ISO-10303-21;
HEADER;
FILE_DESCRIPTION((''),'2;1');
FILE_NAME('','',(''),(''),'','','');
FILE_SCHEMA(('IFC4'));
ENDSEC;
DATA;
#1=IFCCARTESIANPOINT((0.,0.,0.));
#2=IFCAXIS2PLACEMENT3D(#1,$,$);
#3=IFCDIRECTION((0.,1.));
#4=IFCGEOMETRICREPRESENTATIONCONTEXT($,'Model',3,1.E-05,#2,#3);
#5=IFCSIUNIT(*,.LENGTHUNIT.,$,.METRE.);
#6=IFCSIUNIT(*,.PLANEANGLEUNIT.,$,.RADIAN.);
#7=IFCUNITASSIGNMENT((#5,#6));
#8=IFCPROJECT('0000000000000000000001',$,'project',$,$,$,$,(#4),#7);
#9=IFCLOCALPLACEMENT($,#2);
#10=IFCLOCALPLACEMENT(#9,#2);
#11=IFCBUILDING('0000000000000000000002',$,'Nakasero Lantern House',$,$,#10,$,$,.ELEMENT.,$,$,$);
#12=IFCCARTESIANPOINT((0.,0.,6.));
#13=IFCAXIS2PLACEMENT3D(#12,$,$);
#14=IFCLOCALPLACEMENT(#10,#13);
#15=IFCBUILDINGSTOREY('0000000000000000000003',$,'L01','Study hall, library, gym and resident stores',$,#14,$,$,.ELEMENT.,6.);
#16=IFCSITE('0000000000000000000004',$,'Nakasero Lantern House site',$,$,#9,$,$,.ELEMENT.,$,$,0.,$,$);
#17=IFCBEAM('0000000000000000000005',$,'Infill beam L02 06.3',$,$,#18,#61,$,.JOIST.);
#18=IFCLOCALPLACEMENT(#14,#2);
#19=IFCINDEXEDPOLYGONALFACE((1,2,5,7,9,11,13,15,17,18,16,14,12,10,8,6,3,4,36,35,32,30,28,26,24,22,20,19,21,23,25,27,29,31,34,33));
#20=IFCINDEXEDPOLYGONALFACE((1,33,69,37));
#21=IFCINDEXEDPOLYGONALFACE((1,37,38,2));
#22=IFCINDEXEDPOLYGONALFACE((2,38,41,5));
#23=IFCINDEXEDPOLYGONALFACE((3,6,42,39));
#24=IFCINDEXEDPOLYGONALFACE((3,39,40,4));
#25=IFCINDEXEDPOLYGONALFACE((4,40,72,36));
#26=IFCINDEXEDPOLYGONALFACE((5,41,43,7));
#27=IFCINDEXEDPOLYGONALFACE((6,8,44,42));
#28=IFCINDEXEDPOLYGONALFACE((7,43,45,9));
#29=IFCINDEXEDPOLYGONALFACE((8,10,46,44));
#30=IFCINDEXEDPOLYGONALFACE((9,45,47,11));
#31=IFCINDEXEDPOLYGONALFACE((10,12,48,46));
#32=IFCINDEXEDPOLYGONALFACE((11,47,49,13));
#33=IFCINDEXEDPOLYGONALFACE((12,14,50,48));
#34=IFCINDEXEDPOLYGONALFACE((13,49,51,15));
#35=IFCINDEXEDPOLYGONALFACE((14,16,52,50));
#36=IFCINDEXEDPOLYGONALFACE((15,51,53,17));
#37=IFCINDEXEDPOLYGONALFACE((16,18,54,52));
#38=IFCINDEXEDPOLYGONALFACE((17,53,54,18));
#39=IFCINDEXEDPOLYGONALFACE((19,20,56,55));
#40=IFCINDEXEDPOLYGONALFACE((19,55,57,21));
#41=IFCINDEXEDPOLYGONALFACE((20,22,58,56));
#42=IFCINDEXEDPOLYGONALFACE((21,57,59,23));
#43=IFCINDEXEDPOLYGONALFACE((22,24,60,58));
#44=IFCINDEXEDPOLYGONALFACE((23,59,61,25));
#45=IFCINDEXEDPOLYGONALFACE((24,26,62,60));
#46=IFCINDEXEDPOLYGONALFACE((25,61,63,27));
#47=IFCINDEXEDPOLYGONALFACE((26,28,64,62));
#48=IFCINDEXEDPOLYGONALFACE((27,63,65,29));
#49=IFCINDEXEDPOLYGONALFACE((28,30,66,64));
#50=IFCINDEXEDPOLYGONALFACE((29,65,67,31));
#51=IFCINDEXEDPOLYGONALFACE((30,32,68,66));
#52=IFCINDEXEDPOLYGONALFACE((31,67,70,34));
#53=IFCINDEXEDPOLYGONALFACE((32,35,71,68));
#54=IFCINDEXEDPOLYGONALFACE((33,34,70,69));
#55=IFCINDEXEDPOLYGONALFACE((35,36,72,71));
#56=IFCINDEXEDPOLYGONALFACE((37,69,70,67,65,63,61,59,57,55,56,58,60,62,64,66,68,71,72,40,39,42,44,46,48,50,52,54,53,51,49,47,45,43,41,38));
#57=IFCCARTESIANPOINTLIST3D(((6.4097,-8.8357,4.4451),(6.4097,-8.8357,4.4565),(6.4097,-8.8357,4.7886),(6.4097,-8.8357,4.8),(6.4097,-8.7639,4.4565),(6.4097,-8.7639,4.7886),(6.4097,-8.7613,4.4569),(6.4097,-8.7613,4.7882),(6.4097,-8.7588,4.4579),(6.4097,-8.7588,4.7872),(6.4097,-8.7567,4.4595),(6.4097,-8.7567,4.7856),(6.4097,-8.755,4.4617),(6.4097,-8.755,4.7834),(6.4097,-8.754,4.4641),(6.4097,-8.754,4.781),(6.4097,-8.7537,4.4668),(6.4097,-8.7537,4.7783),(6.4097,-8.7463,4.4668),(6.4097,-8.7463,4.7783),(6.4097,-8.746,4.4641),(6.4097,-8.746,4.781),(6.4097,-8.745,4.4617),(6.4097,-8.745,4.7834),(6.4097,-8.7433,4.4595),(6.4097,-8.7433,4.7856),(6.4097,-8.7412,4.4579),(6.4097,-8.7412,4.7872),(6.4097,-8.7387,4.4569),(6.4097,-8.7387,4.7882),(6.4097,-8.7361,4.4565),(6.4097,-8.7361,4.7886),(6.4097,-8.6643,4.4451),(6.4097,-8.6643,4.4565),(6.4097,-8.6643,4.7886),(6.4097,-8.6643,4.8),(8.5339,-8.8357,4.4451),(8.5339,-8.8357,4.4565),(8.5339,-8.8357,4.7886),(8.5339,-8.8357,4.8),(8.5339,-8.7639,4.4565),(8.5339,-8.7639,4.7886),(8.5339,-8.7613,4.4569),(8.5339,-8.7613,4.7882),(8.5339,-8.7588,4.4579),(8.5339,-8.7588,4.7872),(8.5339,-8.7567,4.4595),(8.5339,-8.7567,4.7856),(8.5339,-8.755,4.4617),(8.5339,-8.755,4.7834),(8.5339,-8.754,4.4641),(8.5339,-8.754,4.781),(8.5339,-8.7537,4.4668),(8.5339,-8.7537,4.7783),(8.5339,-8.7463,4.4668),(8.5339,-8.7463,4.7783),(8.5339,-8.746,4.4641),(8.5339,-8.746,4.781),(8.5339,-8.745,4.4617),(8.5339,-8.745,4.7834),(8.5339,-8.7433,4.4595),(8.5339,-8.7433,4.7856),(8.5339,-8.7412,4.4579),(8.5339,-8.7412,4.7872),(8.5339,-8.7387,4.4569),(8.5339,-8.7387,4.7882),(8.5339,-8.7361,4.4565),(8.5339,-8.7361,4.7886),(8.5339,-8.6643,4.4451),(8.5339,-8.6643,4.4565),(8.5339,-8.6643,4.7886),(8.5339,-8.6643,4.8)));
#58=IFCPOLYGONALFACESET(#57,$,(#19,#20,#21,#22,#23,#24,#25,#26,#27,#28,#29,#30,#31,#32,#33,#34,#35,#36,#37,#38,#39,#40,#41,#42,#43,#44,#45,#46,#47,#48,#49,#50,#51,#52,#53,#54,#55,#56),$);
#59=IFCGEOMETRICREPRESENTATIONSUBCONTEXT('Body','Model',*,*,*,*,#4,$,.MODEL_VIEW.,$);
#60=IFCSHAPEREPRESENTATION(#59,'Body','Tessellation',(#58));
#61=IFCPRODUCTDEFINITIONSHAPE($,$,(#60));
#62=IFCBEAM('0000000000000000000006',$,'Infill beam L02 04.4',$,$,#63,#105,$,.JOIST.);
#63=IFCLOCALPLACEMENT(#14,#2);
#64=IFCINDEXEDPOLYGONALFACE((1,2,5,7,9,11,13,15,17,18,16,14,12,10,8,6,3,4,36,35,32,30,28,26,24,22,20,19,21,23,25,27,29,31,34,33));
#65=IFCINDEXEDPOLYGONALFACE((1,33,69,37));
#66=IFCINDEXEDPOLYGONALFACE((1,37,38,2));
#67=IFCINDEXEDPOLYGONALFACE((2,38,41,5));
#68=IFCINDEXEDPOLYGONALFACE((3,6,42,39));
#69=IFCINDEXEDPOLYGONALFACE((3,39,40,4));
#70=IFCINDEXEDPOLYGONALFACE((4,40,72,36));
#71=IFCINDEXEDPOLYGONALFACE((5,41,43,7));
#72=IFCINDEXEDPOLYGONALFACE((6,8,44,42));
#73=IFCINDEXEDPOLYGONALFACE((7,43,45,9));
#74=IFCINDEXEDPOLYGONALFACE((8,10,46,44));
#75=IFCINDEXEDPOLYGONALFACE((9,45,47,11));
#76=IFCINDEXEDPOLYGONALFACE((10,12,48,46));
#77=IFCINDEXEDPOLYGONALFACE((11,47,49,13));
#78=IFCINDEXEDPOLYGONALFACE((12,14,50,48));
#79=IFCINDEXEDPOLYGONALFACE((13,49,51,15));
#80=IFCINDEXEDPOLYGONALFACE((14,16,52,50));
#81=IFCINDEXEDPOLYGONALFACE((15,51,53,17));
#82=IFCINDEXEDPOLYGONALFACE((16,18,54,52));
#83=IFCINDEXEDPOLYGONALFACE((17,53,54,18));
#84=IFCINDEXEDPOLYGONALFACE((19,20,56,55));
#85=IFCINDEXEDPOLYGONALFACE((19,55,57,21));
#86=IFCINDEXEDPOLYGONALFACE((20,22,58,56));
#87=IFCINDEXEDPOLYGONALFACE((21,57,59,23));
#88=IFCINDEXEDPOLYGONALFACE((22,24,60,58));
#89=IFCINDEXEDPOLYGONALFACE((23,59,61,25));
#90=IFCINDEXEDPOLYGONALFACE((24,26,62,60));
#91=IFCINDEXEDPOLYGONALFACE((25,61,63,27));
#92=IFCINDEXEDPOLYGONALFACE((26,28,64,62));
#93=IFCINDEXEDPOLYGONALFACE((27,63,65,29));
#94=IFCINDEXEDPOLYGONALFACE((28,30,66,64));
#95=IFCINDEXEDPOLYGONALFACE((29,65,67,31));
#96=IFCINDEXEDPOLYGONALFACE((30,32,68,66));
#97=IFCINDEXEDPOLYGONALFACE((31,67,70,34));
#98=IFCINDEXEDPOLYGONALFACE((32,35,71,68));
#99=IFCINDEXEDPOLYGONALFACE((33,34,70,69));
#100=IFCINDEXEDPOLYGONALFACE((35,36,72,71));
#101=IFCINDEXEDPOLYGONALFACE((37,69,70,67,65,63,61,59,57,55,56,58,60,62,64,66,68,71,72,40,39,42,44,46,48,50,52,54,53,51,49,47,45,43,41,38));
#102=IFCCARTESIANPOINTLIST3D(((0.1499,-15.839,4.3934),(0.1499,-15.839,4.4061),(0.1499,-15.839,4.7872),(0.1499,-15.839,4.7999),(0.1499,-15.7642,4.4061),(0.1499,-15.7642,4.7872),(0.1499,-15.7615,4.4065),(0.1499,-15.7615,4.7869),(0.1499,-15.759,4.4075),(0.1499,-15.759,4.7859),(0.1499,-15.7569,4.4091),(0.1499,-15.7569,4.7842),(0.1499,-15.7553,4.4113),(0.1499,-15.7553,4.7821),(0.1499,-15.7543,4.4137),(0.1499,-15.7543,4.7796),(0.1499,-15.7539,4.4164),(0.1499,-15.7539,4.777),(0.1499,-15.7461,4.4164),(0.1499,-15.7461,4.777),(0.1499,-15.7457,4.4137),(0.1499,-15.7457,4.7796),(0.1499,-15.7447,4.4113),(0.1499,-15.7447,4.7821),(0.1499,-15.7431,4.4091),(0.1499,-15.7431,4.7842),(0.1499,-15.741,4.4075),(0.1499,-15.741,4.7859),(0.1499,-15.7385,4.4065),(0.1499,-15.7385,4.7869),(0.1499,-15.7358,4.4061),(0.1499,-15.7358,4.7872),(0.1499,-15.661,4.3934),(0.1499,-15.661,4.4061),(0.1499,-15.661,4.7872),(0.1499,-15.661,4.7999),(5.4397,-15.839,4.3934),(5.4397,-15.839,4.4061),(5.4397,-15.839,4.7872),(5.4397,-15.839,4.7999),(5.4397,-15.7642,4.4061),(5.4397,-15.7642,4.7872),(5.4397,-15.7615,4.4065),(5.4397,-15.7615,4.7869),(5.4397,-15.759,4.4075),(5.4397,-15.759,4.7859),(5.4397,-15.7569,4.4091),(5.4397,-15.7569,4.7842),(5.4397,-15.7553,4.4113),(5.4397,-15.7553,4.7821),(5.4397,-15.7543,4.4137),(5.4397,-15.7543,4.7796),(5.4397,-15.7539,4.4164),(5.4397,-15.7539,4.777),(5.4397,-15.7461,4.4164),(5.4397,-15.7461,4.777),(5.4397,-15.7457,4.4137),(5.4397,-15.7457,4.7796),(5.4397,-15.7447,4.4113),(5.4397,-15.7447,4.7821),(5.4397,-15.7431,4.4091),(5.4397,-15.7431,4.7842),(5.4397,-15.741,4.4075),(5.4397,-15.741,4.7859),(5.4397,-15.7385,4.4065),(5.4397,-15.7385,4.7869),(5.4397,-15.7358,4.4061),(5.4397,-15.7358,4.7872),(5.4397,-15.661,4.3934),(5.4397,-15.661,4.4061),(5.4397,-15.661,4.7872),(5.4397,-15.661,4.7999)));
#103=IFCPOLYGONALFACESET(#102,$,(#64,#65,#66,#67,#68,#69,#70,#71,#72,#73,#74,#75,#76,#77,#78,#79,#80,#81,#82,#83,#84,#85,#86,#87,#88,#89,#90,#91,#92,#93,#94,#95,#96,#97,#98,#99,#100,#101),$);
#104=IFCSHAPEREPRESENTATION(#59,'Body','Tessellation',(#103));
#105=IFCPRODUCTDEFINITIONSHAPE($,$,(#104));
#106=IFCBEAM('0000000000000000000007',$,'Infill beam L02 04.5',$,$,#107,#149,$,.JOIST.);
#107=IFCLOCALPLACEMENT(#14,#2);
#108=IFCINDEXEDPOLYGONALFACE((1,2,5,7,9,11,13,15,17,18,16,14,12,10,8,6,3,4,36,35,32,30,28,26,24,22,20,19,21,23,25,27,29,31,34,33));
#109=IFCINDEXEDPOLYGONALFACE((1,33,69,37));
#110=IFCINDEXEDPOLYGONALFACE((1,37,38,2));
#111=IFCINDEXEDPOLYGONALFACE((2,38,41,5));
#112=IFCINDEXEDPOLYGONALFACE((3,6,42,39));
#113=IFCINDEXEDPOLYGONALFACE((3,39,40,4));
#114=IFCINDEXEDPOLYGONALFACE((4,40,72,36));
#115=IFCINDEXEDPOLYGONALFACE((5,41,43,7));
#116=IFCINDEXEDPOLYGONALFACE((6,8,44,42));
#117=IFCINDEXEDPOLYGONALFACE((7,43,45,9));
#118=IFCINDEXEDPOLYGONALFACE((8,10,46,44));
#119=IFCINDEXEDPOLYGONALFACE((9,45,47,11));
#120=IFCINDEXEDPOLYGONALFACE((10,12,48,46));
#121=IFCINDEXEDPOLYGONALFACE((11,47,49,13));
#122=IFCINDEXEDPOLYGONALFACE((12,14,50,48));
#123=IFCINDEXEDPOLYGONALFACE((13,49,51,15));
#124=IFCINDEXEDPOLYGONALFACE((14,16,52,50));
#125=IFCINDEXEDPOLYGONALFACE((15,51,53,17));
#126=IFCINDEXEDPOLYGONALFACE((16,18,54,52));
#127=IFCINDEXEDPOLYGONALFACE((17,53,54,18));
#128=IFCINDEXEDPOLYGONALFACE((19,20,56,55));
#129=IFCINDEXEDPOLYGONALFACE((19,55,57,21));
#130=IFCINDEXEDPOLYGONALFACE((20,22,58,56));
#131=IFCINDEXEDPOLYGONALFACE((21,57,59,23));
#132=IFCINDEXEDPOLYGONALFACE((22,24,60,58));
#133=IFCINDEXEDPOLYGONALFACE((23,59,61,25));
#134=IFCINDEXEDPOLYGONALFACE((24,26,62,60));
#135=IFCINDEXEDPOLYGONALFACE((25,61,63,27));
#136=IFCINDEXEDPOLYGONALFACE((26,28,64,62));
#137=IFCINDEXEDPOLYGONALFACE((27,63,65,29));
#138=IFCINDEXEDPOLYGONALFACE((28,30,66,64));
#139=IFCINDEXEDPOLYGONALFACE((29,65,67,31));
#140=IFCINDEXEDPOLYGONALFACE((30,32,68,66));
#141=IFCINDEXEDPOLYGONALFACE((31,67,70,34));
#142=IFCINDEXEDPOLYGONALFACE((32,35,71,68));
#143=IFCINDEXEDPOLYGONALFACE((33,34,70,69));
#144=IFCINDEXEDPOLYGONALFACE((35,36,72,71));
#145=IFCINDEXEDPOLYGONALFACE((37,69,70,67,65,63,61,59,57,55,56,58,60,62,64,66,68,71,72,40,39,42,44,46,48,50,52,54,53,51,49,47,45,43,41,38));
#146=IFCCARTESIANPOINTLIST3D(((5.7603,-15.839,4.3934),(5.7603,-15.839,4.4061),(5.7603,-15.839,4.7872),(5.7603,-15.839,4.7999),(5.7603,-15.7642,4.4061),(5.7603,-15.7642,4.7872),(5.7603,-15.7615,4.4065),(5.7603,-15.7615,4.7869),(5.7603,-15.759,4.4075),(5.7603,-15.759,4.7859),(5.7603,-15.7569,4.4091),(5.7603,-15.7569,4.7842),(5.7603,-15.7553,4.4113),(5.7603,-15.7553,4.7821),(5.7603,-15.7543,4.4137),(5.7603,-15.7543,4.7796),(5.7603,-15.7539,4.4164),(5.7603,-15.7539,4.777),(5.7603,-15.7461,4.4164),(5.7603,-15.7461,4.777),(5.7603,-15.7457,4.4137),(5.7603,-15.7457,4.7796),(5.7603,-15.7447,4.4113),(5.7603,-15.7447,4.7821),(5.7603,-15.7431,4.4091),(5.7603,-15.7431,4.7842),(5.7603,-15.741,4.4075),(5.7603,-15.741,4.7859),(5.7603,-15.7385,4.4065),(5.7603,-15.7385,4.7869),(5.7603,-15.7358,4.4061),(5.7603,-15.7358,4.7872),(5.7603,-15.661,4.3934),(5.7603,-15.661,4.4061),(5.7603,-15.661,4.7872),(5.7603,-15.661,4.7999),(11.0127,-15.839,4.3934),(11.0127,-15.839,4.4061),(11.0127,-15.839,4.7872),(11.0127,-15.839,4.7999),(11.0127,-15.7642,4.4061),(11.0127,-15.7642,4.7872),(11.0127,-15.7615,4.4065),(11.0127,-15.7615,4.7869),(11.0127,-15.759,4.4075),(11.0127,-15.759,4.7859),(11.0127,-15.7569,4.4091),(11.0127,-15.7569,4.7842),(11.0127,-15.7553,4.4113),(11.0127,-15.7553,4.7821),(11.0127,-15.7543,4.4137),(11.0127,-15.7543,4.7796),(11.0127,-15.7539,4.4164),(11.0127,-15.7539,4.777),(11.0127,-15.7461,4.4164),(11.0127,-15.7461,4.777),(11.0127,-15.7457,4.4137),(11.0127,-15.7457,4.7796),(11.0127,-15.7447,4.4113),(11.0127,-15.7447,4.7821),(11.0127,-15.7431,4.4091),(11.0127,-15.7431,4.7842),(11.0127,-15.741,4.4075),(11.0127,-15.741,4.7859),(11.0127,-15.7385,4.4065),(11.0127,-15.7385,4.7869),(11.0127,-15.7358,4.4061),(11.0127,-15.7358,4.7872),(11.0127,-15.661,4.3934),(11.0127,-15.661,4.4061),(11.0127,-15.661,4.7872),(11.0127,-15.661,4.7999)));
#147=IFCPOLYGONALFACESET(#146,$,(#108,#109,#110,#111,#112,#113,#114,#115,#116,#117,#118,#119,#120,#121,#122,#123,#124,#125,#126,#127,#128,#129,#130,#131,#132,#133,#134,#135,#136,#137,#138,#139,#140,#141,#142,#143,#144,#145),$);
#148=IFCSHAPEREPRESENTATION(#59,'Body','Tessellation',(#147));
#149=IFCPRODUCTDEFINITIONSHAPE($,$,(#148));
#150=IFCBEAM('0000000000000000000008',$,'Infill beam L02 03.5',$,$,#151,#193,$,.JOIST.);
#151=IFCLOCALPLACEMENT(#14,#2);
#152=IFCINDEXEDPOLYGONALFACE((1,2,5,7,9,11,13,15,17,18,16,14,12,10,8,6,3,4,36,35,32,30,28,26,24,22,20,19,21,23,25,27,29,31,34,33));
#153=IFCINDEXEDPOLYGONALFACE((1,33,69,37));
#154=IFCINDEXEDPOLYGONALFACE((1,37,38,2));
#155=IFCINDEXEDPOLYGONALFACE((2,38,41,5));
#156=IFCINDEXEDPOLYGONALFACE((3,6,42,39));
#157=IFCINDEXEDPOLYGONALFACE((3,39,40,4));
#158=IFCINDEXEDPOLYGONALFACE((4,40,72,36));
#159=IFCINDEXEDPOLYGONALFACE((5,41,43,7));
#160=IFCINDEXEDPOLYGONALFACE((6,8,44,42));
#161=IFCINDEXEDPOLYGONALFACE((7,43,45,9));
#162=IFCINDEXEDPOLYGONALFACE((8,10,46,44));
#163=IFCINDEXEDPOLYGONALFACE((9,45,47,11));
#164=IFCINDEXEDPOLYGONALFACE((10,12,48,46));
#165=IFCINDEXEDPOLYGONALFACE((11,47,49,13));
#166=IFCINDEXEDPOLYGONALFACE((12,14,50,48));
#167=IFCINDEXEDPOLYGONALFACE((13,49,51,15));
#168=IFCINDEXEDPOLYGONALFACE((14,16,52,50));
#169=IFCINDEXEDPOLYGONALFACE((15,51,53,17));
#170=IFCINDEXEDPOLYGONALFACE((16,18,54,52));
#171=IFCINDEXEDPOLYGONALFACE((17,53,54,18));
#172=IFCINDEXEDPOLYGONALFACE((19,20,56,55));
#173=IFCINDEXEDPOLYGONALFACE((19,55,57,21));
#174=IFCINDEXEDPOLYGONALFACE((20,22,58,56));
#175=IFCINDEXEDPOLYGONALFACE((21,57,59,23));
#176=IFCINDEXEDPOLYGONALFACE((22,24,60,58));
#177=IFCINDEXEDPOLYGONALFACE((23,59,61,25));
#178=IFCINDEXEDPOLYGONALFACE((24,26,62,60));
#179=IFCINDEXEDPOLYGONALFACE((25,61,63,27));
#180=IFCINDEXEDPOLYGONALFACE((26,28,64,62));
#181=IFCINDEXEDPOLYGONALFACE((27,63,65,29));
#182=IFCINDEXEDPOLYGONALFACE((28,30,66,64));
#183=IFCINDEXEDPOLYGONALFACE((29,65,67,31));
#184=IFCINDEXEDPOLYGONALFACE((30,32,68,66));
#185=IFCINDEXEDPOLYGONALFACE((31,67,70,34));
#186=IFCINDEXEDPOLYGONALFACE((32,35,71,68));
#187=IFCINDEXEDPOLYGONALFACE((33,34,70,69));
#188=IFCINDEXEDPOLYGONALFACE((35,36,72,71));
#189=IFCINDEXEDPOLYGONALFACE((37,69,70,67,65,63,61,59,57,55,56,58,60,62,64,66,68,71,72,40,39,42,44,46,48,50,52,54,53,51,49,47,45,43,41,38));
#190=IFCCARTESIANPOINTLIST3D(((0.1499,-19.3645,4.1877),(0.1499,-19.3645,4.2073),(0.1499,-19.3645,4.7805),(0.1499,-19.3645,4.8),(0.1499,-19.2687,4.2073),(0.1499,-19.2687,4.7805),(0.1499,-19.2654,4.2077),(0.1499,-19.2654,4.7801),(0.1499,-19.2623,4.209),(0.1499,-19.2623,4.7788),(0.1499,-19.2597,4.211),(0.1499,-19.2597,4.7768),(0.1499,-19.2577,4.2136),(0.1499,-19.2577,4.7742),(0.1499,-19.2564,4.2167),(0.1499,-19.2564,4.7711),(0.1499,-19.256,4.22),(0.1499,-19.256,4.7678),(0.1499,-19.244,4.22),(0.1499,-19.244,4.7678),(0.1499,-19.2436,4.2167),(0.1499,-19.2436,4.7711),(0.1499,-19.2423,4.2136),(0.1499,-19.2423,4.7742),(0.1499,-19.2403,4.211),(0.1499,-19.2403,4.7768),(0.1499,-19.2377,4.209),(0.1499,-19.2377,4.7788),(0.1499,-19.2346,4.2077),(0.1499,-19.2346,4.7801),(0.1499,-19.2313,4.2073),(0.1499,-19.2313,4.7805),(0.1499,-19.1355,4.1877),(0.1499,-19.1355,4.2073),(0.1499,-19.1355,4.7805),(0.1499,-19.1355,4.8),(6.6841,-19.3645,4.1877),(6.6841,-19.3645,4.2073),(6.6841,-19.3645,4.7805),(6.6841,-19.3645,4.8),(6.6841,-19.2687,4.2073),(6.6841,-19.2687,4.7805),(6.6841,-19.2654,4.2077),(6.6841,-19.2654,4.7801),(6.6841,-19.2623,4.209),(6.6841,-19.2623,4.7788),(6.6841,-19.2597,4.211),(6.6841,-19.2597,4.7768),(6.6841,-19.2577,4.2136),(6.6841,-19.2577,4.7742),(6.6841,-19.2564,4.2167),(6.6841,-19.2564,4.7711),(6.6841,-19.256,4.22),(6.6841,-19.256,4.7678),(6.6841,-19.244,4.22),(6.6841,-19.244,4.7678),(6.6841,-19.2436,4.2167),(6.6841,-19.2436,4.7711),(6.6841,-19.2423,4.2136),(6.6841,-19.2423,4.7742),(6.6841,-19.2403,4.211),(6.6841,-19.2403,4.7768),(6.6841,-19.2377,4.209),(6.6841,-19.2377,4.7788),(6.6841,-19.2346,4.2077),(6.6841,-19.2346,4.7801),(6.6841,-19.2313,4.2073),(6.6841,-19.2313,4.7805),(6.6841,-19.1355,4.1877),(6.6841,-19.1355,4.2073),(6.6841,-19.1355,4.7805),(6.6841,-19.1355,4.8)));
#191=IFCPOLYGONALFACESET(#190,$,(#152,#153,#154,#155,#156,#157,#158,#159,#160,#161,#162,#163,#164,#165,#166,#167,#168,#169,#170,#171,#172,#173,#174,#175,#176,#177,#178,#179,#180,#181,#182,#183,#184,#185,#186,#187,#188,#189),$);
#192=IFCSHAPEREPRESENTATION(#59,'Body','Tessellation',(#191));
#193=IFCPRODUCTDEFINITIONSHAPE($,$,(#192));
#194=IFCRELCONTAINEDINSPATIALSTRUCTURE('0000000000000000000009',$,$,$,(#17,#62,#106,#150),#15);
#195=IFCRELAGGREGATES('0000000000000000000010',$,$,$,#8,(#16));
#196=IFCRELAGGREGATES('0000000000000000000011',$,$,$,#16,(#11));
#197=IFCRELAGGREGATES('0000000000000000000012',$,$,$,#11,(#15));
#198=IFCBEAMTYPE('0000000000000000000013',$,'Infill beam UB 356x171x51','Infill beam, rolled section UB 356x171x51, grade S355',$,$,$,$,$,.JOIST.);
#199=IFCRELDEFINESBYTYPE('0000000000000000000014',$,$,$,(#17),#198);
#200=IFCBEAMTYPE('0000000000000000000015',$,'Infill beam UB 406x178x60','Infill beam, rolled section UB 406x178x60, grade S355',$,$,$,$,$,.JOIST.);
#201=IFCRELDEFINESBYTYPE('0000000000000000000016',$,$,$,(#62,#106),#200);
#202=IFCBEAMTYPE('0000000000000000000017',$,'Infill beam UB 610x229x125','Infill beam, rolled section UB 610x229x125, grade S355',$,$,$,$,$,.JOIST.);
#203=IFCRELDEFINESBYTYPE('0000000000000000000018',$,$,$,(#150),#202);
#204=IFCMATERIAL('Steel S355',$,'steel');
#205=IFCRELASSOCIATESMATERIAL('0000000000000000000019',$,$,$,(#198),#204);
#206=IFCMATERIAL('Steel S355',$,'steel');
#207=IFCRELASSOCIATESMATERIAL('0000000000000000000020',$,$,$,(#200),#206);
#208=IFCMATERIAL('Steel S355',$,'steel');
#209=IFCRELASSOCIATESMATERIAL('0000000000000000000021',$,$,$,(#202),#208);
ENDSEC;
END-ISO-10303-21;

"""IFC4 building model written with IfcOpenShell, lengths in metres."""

from ifc_helpers import new_model, si_unit, direction, frame, origin, origin_2d, place, context, subcontext, project, spatial, i_section, extrude, material, material_profile, profile_set, type_object, element, save


model = new_model("IFC4")

# Units and contexts
model_context = context("Model", 3, precision=1e-05, world=origin(), true_north=direction((0.0, 1.0)))
body_context = subcontext(model_context, "Body", "Model", "MODEL_VIEW")
ifc_project = project(units=[si_unit("LENGTHUNIT", "METRE"), si_unit("PLANEANGLEUNIT", "RADIAN")], contexts=[model_context])

# Site, building, storey
site_placement = place(None, origin())
site = spatial("IfcSite", under=ifc_project, at=site_placement, Name="Nakasero Lantern House site", CompositionType="ELEMENT", RefElevation=0.0)
building_placement = place(site_placement, origin())
building = spatial("IfcBuilding", under=site, at=building_placement, Name="Nakasero Lantern House", CompositionType="ELEMENT")
storey_placement = place(building_placement, frame((0.0, 0.0, 6.0)))
storey = spatial("IfcBuildingStorey", under=building, at=storey_placement, Name="L01", Description="Study hall, library, gym and resident stores", CompositionType="ELEMENT", Elevation=6.0)

# Beams
ifc_material_1 = material(Name="Steel S355", Category="steel")
ifc_material_profile_1 = material_profile(ifc_material_1, i_section(OverallWidth=0.1714, OverallDepth=0.355, WebThickness=0.0073, FlangeThickness=0.0115, FilletRadius=0.0103, at=origin_2d()), Name="UB 356x171x51")
ifc_profile_set_1 = profile_set([ifc_material_profile_1], Name="Steel S355")
beam_type_1 = type_object("IfcBeamType", Name="Infill beam UB 356x171x51", Description="Infill beam, rolled section UB 356x171x51, grade S355", PredefinedType="JOIST", material=ifc_profile_set_1)
beam_1_placement = place(storey_placement, frame((6.4097, -8.75, 4.6226), z_axis=(1.0, 0.0, 0.0), x_axis=(0.0, 1.0, 0.0)))
element("IfcBeam", 1, at=beam_1_placement, inside=storey, type_object=beam_type_1, Name="Infill beam L02 06.3", PredefinedType="JOIST", context=body_context, shape_type="SweptSolid", body=[
    extrude(i_section(OverallWidth=0.1714, OverallDepth=0.355, WebThickness=0.0073, FlangeThickness=0.0115, FilletRadius=0.0103, at=origin_2d()), origin(), (0.0, 0.0, 1.0), 2.1243),
])
ifc_material_2 = material(Name="Steel S355", Category="steel")
ifc_material_profile_2 = material_profile(ifc_material_2, i_section(OverallWidth=0.178, OverallDepth=0.4065, WebThickness=0.0078, FlangeThickness=0.0127, FilletRadius=0.0103, at=origin_2d()), Name="UB 406x178x60")
ifc_profile_set_2 = profile_set([ifc_material_profile_2], Name="Steel S355")
beam_type_2 = type_object("IfcBeamType", Name="Infill beam UB 406x178x60", Description="Infill beam, rolled section UB 406x178x60, grade S355", PredefinedType="JOIST", material=ifc_profile_set_2)
beam_2_placement = place(storey_placement, frame((0.1499, -15.75, 4.5967), z_axis=(1.0, 0.0, 0.0), x_axis=(0.0, 1.0, 0.0)))
element("IfcBeam", 2, at=beam_2_placement, inside=storey, type_object=beam_type_2, Name="Infill beam L02 04.4", PredefinedType="JOIST", context=body_context, shape_type="SweptSolid", body=[
    extrude(i_section(OverallWidth=0.178, OverallDepth=0.4065, WebThickness=0.0078, FlangeThickness=0.0127, FilletRadius=0.0103, at=origin_2d()), origin(), (0.0, 0.0, 1.0), 5.2898),
])
beam_3_placement = place(storey_placement, frame((5.7603, -15.75, 4.5967), z_axis=(1.0, 0.0, 0.0), x_axis=(0.0, 1.0, 0.0)))
element("IfcBeam", 3, at=beam_3_placement, inside=storey, type_object=beam_type_2, Name="Infill beam L02 04.5", PredefinedType="JOIST", context=body_context, shape_type="SweptSolid", body=[
    extrude(i_section(OverallWidth=0.178, OverallDepth=0.4065, WebThickness=0.0078, FlangeThickness=0.0127, FilletRadius=0.0103, at=origin_2d()), origin(), (0.0, 0.0, 1.0), 5.2524),
])
ifc_material_3 = material(Name="Steel S355", Category="steel")
ifc_material_profile_3 = material_profile(ifc_material_3, i_section(OverallWidth=0.229, OverallDepth=0.6123, WebThickness=0.012, FlangeThickness=0.0195, FilletRadius=0.0127, at=origin_2d()), Name="UB 610x229x125")
ifc_profile_set_3 = profile_set([ifc_material_profile_3], Name="Steel S355")
beam_type_3 = type_object("IfcBeamType", Name="Infill beam UB 610x229x125", Description="Infill beam, rolled section UB 610x229x125, grade S355", PredefinedType="JOIST", material=ifc_profile_set_3)
beam_4_placement = place(storey_placement, frame((0.1499, -19.25, 4.4939), z_axis=(1.0, 0.0, 0.0), x_axis=(0.0, 1.0, 0.0)))
element("IfcBeam", 4, at=beam_4_placement, inside=storey, type_object=beam_type_3, Name="Infill beam L02 03.5", PredefinedType="JOIST", context=body_context, shape_type="SweptSolid", body=[
    extrude(i_section(OverallWidth=0.229, OverallDepth=0.6123, WebThickness=0.012, FlangeThickness=0.0195, FilletRadius=0.0127, at=origin_2d()), origin(), (0.0, 0.0, 1.0), 6.5342),
])

save(model, "model.ifc")
